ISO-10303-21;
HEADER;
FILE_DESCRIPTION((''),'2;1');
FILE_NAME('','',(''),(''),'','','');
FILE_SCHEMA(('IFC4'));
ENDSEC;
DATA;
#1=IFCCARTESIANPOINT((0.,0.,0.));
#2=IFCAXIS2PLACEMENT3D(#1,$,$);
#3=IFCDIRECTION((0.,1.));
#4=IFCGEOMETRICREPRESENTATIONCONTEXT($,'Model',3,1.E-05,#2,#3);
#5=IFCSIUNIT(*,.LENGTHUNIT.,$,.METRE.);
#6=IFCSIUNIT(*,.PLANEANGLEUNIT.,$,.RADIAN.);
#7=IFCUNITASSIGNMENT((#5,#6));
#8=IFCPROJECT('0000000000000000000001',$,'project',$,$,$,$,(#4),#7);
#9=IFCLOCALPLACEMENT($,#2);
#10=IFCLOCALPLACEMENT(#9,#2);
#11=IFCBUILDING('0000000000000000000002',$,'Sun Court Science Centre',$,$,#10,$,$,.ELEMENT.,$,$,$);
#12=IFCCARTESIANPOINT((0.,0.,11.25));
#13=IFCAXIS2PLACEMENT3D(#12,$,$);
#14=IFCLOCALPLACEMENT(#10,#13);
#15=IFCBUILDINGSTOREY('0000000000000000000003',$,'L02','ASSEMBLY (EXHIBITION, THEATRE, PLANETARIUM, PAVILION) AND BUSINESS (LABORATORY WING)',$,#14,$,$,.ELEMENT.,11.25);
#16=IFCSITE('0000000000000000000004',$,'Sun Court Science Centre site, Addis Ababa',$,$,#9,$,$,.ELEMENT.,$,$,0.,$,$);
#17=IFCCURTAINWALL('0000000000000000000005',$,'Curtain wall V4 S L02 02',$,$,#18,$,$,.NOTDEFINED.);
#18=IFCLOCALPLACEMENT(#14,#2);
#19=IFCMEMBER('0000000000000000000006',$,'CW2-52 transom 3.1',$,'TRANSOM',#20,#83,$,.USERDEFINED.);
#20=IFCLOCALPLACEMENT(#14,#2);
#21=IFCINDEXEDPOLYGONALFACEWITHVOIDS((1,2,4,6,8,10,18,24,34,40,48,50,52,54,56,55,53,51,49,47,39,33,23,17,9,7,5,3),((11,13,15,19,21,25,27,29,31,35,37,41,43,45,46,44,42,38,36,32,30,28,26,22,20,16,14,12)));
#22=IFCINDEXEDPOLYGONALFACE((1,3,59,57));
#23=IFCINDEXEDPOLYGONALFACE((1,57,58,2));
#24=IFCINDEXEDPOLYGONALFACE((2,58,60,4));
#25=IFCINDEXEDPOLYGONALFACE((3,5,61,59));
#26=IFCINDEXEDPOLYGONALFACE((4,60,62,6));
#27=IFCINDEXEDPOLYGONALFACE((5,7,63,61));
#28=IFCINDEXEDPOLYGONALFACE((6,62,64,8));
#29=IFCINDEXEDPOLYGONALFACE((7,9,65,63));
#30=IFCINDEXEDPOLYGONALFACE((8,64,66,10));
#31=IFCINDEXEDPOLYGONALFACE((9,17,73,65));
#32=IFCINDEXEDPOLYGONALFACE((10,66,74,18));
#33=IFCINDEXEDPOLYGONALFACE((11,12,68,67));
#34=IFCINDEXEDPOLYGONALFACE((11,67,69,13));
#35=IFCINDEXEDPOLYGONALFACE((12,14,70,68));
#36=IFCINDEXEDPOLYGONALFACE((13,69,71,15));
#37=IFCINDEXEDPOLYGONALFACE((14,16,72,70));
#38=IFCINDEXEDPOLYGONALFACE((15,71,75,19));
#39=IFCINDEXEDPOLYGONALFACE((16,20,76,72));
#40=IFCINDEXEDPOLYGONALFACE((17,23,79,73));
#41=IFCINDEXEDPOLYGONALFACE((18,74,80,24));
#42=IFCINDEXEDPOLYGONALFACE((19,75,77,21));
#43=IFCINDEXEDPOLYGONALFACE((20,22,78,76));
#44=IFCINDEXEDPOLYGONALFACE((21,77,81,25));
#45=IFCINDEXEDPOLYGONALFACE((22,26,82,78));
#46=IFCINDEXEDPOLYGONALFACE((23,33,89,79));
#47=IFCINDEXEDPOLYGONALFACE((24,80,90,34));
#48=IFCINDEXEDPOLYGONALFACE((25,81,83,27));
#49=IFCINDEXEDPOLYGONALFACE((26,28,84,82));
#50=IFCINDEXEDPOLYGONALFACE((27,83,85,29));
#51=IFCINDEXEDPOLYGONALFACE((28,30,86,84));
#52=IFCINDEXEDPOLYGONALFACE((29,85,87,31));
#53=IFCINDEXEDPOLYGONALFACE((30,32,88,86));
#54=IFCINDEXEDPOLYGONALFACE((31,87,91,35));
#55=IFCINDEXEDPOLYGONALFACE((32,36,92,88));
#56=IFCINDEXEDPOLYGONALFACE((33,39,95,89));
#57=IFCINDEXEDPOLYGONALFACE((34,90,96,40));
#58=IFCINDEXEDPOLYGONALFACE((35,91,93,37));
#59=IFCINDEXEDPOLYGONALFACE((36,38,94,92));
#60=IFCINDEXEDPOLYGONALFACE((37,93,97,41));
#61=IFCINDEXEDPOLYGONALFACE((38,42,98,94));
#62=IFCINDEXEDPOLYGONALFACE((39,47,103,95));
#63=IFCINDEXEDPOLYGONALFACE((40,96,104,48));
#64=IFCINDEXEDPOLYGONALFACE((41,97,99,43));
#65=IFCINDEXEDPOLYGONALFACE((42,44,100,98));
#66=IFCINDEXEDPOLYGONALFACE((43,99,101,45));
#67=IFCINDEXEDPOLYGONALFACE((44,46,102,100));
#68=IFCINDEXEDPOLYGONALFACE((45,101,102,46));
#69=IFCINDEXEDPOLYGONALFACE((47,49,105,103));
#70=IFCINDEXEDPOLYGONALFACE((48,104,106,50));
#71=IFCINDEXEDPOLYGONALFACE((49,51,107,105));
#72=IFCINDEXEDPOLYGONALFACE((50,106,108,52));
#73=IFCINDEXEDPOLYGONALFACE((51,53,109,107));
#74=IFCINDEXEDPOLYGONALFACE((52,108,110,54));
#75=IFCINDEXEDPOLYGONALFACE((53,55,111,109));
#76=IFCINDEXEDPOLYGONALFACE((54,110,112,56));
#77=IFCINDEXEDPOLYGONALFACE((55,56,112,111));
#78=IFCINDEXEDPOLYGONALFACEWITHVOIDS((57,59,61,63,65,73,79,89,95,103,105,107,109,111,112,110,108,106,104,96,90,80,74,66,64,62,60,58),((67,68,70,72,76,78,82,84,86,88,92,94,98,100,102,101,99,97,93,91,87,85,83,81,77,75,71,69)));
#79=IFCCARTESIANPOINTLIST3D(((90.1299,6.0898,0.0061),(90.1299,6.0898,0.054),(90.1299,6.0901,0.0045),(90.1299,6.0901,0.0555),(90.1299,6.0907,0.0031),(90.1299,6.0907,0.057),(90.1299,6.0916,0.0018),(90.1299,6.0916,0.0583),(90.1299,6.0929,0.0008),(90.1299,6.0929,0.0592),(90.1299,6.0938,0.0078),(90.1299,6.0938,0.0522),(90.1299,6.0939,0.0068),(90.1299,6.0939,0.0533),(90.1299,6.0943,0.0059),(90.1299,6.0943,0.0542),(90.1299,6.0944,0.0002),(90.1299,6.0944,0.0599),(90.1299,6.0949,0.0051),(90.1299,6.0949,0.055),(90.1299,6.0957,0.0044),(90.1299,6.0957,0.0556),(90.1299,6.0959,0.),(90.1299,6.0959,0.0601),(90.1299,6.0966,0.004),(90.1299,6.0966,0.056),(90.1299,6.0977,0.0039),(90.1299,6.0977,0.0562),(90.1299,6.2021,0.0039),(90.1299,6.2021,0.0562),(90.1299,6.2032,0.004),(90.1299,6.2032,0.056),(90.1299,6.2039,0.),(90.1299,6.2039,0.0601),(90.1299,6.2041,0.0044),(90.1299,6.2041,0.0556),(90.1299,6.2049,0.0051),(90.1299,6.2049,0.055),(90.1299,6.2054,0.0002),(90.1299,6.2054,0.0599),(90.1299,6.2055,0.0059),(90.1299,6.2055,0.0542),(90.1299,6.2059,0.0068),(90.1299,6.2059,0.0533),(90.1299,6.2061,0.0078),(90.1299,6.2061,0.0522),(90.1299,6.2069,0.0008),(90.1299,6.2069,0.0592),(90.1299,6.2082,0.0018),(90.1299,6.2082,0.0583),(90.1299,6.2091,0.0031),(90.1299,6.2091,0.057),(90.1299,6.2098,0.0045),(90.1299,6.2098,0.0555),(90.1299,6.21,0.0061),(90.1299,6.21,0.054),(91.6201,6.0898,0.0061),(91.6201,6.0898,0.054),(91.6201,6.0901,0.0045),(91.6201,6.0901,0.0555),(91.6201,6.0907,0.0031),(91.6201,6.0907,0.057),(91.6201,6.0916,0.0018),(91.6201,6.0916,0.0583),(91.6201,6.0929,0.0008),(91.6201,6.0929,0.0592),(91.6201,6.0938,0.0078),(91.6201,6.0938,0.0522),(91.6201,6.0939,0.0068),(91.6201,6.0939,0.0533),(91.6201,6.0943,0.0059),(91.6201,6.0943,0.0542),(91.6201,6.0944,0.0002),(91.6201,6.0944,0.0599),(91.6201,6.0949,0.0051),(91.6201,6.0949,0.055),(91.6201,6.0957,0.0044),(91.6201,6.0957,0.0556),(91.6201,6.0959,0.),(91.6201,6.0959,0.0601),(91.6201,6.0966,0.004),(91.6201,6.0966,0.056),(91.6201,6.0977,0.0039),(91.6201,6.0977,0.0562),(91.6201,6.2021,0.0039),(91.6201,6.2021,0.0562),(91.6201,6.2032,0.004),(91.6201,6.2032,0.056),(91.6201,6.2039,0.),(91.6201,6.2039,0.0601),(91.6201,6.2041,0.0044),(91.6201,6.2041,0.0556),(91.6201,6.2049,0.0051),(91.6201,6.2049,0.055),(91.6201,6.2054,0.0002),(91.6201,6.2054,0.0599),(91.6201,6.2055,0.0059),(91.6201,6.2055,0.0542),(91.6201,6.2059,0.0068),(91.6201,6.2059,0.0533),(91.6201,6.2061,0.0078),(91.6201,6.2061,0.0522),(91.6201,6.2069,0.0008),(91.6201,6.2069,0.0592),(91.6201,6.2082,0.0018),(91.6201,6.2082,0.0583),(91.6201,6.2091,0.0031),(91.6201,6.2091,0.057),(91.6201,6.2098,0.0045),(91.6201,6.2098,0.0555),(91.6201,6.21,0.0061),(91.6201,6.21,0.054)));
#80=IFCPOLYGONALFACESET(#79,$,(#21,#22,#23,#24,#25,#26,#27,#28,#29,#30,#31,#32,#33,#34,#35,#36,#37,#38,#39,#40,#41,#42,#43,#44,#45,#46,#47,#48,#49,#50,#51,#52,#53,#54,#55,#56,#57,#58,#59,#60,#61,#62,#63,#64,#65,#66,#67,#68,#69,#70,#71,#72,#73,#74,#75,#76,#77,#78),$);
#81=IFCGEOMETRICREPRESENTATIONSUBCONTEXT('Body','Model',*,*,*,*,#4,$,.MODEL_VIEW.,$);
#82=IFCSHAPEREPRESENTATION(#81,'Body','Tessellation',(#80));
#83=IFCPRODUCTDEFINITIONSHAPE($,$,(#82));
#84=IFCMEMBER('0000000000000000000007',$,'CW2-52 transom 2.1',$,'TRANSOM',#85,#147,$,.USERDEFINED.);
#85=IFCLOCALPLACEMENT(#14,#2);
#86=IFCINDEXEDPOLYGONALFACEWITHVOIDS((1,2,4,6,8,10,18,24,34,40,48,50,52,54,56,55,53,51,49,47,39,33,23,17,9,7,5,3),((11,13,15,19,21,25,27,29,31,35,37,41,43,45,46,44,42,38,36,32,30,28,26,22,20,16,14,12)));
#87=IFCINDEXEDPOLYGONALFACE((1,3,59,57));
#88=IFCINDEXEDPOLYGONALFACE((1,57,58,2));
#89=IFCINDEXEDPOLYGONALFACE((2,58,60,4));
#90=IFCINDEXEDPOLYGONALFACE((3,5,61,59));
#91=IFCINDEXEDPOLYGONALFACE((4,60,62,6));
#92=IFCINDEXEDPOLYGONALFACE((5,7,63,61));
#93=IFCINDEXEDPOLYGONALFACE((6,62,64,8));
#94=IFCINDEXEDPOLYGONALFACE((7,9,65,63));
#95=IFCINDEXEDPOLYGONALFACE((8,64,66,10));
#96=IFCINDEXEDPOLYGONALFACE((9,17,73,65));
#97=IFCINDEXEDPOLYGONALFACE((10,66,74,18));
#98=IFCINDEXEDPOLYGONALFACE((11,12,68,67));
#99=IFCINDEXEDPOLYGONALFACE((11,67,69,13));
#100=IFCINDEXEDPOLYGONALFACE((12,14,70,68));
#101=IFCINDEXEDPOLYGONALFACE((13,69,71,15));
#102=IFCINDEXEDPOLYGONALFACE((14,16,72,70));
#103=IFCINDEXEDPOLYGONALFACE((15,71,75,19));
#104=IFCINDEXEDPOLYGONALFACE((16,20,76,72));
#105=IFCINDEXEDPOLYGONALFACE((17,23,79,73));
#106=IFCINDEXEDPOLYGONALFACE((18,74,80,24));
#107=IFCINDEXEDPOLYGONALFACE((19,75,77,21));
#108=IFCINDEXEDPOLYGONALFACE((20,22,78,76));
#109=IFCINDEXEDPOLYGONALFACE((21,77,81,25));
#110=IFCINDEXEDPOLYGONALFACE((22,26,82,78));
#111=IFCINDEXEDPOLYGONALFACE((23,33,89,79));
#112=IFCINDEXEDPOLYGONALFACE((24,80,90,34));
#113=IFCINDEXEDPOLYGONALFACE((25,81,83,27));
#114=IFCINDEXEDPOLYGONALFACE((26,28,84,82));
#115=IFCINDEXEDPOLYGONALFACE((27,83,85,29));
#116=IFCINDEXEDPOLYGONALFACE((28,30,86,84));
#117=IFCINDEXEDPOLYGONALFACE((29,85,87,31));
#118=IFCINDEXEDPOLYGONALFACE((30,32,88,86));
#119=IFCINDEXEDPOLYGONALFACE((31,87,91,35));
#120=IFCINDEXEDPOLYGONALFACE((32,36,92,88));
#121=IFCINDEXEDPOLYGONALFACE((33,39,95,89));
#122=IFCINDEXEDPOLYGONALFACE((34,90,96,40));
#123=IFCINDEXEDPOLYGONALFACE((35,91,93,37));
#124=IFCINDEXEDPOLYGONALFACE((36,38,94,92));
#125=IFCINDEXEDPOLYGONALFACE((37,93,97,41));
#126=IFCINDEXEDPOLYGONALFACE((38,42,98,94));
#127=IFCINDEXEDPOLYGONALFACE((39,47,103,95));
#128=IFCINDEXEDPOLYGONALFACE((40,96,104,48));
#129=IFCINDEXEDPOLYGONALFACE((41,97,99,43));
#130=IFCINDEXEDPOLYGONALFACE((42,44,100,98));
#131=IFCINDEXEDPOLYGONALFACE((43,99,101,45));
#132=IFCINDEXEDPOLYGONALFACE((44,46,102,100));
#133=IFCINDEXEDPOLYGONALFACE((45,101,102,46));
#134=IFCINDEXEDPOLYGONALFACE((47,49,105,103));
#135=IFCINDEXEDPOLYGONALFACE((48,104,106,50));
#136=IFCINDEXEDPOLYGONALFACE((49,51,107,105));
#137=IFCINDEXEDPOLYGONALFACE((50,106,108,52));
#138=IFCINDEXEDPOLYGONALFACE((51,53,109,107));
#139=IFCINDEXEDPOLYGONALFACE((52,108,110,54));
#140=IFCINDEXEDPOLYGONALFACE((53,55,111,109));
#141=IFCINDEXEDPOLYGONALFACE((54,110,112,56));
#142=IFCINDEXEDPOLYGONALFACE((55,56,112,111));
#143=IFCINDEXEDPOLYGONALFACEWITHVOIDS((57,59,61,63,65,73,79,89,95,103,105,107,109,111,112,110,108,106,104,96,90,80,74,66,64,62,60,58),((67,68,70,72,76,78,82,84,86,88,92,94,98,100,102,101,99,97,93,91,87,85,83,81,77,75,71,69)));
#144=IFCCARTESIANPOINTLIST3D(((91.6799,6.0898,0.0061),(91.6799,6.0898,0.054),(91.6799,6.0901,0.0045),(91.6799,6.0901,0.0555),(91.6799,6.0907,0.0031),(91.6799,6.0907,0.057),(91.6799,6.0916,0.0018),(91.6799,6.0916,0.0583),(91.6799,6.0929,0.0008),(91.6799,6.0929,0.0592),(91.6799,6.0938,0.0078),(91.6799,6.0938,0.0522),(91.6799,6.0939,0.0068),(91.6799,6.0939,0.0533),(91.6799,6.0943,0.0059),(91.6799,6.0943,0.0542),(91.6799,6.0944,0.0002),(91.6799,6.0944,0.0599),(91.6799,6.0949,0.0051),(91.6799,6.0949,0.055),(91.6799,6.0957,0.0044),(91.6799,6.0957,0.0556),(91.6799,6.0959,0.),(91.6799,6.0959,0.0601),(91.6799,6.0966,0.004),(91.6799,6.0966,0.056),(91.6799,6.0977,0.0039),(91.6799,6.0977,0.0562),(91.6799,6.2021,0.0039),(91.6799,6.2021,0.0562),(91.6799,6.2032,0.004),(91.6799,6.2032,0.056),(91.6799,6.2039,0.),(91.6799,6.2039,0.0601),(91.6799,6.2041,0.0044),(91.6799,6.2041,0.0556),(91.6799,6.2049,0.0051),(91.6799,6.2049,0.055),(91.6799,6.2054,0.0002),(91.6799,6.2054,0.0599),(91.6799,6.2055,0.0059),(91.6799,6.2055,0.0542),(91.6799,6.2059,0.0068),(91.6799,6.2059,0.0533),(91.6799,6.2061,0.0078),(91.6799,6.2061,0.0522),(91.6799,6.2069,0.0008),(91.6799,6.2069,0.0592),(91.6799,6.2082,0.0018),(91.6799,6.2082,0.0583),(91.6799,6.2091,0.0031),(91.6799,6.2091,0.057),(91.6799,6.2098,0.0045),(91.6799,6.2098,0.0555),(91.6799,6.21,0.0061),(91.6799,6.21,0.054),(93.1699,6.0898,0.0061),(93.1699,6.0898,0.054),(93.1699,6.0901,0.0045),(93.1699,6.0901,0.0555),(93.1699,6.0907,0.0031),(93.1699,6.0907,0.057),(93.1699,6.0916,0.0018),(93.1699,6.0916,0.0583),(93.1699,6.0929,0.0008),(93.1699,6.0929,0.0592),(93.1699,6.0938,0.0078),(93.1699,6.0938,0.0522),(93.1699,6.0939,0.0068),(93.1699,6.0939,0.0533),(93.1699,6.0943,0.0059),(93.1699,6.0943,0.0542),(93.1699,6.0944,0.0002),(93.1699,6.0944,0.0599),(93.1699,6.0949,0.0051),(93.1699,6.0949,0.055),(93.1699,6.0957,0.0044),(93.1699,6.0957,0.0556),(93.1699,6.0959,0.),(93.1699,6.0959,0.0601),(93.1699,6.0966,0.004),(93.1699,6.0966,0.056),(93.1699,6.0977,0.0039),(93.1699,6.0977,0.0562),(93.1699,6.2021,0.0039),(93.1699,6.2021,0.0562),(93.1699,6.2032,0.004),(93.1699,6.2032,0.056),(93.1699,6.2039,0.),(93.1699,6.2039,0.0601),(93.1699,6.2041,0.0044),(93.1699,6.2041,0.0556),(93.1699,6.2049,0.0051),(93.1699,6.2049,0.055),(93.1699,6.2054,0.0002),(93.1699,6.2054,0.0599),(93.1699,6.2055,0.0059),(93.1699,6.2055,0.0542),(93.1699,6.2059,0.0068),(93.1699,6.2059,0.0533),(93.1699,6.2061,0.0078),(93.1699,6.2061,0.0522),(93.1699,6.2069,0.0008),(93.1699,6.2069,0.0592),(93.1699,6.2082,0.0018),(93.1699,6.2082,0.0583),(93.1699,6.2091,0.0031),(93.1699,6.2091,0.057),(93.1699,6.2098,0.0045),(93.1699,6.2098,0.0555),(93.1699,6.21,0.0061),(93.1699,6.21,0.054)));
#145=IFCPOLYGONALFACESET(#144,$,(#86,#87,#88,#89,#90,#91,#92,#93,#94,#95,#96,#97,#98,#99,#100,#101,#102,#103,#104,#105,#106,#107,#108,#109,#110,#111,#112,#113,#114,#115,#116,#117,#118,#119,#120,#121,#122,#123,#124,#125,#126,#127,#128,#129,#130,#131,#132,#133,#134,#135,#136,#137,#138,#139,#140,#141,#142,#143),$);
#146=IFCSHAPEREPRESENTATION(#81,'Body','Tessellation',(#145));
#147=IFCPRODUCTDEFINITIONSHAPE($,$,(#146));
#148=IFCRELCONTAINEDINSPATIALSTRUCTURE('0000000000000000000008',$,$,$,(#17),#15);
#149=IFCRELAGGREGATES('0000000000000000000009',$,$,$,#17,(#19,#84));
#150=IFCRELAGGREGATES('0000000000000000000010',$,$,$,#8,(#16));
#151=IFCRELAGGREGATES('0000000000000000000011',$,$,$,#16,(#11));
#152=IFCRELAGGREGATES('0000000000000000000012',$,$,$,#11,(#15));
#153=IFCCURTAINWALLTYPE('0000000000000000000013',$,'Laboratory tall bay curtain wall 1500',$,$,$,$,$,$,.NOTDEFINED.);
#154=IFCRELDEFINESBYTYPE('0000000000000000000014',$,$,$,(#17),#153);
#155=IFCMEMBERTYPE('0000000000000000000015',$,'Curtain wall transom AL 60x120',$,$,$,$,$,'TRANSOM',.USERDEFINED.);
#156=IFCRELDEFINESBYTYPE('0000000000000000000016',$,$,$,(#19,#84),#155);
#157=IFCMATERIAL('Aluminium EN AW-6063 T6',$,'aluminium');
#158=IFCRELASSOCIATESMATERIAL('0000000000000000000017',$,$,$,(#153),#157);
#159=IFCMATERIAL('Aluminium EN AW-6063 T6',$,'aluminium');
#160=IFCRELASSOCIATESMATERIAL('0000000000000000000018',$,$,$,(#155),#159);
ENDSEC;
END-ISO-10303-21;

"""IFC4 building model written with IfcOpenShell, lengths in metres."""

from ifc_helpers import new_model, si_unit, direction, frame, origin, origin_2d, place, context, subcontext, project, spatial, hollow_rectangle, extrude, material, material_profile, profile_set, type_object, element, aggregate, save


model = new_model("IFC4")

# Units and contexts
model_context = context("Model", 3, precision=1e-05, world=origin(), true_north=direction((0.0, 1.0)))
body_context = subcontext(model_context, "Body", "Model", "MODEL_VIEW")
ifc_project = project(units=[si_unit("LENGTHUNIT", "METRE"), si_unit("PLANEANGLEUNIT", "RADIAN")], contexts=[model_context])

# Site, building, storey
site_placement = place(None, origin())
site = spatial("IfcSite", under=ifc_project, at=site_placement, Name="Sun Court Science Centre site, Addis Ababa", CompositionType="ELEMENT", RefElevation=0.0)
building_placement = place(site_placement, origin())
building = spatial("IfcBuilding", under=site, at=building_placement, Name="Sun Court Science Centre", CompositionType="ELEMENT")
storey_placement = place(building_placement, frame((0.0, 0.0, 11.25)))
storey = spatial("IfcBuildingStorey", under=building, at=storey_placement, Name="L02", Description="ASSEMBLY (EXHIBITION, THEATRE, PLANETARIUM, PAVILION) AND BUSINESS (LABORATORY WING)", CompositionType="ELEMENT", Elevation=11.25)

# Curtain wall, members
ifc_material_1 = material(Name="Aluminium EN AW-6063 T6", Category="aluminium")
curtain_wall_type = type_object("IfcCurtainWallType", Name="Laboratory tall bay curtain wall 1500", PredefinedType="NOTDEFINED", material=ifc_material_1)
curtain_wall_placement = place(storey_placement, origin())
curtain_wall = element("IfcCurtainWall", 1, at=curtain_wall_placement, inside=storey, type_object=curtain_wall_type, Name="Curtain wall V4 S L02 02", PredefinedType="NOTDEFINED")
ifc_material_2 = material(Name="Aluminium EN AW-6063 T6", Category="aluminium")
ifc_material_profile_1 = material_profile(ifc_material_2, hollow_rectangle(XDim=0.0601, YDim=0.1201, WallThickness=0.0039, InnerFilletRadius=0.0039, OuterFilletRadius=0.0061, at=origin_2d()), Name="AL 60x120x4")
ifc_profile_set_1 = profile_set([ifc_material_profile_1], Name="Aluminium EN AW-6063 T6")
member_type_1 = type_object("IfcMemberType", Name="Curtain wall transom AL 60x120", ElementType="TRANSOM", PredefinedType="USERDEFINED", material=ifc_profile_set_1)
member_1_placement = place(storey_placement, frame((91.6201, 6.1499, 0.03), z_axis=(-1.0, 0.0, 0.0), x_axis=(0.0, 0.0, 1.0)))
member_1 = element("IfcMember", 2, at=member_1_placement, type_object=member_type_1, Name="CW2-52 transom 3.1", ObjectType="TRANSOM", PredefinedType="USERDEFINED", context=body_context, shape_type="SweptSolid", body=[
    extrude(hollow_rectangle(XDim=0.0601, YDim=0.1201, WallThickness=0.0039, InnerFilletRadius=0.0039, OuterFilletRadius=0.0061, at=origin_2d()), origin(), (0.0, 0.0, 1.0), 1.4902),
])
member_2_placement = place(storey_placement, frame((93.1699, 6.1499, 0.03), z_axis=(-1.0, 0.0, 0.0), x_axis=(0.0, 0.0, 1.0)))
member_2 = element("IfcMember", 3, at=member_2_placement, type_object=member_type_1, Name="CW2-52 transom 2.1", ObjectType="TRANSOM", PredefinedType="USERDEFINED", context=body_context, shape_type="SweptSolid", body=[
    extrude(hollow_rectangle(XDim=0.0601, YDim=0.1201, WallThickness=0.0039, InnerFilletRadius=0.0039, OuterFilletRadius=0.0061, at=origin_2d()), origin(), (0.0, 0.0, 1.0), 1.49),
])

aggregate(curtain_wall, [member_1, member_2])

save(model, "model.ifc")
